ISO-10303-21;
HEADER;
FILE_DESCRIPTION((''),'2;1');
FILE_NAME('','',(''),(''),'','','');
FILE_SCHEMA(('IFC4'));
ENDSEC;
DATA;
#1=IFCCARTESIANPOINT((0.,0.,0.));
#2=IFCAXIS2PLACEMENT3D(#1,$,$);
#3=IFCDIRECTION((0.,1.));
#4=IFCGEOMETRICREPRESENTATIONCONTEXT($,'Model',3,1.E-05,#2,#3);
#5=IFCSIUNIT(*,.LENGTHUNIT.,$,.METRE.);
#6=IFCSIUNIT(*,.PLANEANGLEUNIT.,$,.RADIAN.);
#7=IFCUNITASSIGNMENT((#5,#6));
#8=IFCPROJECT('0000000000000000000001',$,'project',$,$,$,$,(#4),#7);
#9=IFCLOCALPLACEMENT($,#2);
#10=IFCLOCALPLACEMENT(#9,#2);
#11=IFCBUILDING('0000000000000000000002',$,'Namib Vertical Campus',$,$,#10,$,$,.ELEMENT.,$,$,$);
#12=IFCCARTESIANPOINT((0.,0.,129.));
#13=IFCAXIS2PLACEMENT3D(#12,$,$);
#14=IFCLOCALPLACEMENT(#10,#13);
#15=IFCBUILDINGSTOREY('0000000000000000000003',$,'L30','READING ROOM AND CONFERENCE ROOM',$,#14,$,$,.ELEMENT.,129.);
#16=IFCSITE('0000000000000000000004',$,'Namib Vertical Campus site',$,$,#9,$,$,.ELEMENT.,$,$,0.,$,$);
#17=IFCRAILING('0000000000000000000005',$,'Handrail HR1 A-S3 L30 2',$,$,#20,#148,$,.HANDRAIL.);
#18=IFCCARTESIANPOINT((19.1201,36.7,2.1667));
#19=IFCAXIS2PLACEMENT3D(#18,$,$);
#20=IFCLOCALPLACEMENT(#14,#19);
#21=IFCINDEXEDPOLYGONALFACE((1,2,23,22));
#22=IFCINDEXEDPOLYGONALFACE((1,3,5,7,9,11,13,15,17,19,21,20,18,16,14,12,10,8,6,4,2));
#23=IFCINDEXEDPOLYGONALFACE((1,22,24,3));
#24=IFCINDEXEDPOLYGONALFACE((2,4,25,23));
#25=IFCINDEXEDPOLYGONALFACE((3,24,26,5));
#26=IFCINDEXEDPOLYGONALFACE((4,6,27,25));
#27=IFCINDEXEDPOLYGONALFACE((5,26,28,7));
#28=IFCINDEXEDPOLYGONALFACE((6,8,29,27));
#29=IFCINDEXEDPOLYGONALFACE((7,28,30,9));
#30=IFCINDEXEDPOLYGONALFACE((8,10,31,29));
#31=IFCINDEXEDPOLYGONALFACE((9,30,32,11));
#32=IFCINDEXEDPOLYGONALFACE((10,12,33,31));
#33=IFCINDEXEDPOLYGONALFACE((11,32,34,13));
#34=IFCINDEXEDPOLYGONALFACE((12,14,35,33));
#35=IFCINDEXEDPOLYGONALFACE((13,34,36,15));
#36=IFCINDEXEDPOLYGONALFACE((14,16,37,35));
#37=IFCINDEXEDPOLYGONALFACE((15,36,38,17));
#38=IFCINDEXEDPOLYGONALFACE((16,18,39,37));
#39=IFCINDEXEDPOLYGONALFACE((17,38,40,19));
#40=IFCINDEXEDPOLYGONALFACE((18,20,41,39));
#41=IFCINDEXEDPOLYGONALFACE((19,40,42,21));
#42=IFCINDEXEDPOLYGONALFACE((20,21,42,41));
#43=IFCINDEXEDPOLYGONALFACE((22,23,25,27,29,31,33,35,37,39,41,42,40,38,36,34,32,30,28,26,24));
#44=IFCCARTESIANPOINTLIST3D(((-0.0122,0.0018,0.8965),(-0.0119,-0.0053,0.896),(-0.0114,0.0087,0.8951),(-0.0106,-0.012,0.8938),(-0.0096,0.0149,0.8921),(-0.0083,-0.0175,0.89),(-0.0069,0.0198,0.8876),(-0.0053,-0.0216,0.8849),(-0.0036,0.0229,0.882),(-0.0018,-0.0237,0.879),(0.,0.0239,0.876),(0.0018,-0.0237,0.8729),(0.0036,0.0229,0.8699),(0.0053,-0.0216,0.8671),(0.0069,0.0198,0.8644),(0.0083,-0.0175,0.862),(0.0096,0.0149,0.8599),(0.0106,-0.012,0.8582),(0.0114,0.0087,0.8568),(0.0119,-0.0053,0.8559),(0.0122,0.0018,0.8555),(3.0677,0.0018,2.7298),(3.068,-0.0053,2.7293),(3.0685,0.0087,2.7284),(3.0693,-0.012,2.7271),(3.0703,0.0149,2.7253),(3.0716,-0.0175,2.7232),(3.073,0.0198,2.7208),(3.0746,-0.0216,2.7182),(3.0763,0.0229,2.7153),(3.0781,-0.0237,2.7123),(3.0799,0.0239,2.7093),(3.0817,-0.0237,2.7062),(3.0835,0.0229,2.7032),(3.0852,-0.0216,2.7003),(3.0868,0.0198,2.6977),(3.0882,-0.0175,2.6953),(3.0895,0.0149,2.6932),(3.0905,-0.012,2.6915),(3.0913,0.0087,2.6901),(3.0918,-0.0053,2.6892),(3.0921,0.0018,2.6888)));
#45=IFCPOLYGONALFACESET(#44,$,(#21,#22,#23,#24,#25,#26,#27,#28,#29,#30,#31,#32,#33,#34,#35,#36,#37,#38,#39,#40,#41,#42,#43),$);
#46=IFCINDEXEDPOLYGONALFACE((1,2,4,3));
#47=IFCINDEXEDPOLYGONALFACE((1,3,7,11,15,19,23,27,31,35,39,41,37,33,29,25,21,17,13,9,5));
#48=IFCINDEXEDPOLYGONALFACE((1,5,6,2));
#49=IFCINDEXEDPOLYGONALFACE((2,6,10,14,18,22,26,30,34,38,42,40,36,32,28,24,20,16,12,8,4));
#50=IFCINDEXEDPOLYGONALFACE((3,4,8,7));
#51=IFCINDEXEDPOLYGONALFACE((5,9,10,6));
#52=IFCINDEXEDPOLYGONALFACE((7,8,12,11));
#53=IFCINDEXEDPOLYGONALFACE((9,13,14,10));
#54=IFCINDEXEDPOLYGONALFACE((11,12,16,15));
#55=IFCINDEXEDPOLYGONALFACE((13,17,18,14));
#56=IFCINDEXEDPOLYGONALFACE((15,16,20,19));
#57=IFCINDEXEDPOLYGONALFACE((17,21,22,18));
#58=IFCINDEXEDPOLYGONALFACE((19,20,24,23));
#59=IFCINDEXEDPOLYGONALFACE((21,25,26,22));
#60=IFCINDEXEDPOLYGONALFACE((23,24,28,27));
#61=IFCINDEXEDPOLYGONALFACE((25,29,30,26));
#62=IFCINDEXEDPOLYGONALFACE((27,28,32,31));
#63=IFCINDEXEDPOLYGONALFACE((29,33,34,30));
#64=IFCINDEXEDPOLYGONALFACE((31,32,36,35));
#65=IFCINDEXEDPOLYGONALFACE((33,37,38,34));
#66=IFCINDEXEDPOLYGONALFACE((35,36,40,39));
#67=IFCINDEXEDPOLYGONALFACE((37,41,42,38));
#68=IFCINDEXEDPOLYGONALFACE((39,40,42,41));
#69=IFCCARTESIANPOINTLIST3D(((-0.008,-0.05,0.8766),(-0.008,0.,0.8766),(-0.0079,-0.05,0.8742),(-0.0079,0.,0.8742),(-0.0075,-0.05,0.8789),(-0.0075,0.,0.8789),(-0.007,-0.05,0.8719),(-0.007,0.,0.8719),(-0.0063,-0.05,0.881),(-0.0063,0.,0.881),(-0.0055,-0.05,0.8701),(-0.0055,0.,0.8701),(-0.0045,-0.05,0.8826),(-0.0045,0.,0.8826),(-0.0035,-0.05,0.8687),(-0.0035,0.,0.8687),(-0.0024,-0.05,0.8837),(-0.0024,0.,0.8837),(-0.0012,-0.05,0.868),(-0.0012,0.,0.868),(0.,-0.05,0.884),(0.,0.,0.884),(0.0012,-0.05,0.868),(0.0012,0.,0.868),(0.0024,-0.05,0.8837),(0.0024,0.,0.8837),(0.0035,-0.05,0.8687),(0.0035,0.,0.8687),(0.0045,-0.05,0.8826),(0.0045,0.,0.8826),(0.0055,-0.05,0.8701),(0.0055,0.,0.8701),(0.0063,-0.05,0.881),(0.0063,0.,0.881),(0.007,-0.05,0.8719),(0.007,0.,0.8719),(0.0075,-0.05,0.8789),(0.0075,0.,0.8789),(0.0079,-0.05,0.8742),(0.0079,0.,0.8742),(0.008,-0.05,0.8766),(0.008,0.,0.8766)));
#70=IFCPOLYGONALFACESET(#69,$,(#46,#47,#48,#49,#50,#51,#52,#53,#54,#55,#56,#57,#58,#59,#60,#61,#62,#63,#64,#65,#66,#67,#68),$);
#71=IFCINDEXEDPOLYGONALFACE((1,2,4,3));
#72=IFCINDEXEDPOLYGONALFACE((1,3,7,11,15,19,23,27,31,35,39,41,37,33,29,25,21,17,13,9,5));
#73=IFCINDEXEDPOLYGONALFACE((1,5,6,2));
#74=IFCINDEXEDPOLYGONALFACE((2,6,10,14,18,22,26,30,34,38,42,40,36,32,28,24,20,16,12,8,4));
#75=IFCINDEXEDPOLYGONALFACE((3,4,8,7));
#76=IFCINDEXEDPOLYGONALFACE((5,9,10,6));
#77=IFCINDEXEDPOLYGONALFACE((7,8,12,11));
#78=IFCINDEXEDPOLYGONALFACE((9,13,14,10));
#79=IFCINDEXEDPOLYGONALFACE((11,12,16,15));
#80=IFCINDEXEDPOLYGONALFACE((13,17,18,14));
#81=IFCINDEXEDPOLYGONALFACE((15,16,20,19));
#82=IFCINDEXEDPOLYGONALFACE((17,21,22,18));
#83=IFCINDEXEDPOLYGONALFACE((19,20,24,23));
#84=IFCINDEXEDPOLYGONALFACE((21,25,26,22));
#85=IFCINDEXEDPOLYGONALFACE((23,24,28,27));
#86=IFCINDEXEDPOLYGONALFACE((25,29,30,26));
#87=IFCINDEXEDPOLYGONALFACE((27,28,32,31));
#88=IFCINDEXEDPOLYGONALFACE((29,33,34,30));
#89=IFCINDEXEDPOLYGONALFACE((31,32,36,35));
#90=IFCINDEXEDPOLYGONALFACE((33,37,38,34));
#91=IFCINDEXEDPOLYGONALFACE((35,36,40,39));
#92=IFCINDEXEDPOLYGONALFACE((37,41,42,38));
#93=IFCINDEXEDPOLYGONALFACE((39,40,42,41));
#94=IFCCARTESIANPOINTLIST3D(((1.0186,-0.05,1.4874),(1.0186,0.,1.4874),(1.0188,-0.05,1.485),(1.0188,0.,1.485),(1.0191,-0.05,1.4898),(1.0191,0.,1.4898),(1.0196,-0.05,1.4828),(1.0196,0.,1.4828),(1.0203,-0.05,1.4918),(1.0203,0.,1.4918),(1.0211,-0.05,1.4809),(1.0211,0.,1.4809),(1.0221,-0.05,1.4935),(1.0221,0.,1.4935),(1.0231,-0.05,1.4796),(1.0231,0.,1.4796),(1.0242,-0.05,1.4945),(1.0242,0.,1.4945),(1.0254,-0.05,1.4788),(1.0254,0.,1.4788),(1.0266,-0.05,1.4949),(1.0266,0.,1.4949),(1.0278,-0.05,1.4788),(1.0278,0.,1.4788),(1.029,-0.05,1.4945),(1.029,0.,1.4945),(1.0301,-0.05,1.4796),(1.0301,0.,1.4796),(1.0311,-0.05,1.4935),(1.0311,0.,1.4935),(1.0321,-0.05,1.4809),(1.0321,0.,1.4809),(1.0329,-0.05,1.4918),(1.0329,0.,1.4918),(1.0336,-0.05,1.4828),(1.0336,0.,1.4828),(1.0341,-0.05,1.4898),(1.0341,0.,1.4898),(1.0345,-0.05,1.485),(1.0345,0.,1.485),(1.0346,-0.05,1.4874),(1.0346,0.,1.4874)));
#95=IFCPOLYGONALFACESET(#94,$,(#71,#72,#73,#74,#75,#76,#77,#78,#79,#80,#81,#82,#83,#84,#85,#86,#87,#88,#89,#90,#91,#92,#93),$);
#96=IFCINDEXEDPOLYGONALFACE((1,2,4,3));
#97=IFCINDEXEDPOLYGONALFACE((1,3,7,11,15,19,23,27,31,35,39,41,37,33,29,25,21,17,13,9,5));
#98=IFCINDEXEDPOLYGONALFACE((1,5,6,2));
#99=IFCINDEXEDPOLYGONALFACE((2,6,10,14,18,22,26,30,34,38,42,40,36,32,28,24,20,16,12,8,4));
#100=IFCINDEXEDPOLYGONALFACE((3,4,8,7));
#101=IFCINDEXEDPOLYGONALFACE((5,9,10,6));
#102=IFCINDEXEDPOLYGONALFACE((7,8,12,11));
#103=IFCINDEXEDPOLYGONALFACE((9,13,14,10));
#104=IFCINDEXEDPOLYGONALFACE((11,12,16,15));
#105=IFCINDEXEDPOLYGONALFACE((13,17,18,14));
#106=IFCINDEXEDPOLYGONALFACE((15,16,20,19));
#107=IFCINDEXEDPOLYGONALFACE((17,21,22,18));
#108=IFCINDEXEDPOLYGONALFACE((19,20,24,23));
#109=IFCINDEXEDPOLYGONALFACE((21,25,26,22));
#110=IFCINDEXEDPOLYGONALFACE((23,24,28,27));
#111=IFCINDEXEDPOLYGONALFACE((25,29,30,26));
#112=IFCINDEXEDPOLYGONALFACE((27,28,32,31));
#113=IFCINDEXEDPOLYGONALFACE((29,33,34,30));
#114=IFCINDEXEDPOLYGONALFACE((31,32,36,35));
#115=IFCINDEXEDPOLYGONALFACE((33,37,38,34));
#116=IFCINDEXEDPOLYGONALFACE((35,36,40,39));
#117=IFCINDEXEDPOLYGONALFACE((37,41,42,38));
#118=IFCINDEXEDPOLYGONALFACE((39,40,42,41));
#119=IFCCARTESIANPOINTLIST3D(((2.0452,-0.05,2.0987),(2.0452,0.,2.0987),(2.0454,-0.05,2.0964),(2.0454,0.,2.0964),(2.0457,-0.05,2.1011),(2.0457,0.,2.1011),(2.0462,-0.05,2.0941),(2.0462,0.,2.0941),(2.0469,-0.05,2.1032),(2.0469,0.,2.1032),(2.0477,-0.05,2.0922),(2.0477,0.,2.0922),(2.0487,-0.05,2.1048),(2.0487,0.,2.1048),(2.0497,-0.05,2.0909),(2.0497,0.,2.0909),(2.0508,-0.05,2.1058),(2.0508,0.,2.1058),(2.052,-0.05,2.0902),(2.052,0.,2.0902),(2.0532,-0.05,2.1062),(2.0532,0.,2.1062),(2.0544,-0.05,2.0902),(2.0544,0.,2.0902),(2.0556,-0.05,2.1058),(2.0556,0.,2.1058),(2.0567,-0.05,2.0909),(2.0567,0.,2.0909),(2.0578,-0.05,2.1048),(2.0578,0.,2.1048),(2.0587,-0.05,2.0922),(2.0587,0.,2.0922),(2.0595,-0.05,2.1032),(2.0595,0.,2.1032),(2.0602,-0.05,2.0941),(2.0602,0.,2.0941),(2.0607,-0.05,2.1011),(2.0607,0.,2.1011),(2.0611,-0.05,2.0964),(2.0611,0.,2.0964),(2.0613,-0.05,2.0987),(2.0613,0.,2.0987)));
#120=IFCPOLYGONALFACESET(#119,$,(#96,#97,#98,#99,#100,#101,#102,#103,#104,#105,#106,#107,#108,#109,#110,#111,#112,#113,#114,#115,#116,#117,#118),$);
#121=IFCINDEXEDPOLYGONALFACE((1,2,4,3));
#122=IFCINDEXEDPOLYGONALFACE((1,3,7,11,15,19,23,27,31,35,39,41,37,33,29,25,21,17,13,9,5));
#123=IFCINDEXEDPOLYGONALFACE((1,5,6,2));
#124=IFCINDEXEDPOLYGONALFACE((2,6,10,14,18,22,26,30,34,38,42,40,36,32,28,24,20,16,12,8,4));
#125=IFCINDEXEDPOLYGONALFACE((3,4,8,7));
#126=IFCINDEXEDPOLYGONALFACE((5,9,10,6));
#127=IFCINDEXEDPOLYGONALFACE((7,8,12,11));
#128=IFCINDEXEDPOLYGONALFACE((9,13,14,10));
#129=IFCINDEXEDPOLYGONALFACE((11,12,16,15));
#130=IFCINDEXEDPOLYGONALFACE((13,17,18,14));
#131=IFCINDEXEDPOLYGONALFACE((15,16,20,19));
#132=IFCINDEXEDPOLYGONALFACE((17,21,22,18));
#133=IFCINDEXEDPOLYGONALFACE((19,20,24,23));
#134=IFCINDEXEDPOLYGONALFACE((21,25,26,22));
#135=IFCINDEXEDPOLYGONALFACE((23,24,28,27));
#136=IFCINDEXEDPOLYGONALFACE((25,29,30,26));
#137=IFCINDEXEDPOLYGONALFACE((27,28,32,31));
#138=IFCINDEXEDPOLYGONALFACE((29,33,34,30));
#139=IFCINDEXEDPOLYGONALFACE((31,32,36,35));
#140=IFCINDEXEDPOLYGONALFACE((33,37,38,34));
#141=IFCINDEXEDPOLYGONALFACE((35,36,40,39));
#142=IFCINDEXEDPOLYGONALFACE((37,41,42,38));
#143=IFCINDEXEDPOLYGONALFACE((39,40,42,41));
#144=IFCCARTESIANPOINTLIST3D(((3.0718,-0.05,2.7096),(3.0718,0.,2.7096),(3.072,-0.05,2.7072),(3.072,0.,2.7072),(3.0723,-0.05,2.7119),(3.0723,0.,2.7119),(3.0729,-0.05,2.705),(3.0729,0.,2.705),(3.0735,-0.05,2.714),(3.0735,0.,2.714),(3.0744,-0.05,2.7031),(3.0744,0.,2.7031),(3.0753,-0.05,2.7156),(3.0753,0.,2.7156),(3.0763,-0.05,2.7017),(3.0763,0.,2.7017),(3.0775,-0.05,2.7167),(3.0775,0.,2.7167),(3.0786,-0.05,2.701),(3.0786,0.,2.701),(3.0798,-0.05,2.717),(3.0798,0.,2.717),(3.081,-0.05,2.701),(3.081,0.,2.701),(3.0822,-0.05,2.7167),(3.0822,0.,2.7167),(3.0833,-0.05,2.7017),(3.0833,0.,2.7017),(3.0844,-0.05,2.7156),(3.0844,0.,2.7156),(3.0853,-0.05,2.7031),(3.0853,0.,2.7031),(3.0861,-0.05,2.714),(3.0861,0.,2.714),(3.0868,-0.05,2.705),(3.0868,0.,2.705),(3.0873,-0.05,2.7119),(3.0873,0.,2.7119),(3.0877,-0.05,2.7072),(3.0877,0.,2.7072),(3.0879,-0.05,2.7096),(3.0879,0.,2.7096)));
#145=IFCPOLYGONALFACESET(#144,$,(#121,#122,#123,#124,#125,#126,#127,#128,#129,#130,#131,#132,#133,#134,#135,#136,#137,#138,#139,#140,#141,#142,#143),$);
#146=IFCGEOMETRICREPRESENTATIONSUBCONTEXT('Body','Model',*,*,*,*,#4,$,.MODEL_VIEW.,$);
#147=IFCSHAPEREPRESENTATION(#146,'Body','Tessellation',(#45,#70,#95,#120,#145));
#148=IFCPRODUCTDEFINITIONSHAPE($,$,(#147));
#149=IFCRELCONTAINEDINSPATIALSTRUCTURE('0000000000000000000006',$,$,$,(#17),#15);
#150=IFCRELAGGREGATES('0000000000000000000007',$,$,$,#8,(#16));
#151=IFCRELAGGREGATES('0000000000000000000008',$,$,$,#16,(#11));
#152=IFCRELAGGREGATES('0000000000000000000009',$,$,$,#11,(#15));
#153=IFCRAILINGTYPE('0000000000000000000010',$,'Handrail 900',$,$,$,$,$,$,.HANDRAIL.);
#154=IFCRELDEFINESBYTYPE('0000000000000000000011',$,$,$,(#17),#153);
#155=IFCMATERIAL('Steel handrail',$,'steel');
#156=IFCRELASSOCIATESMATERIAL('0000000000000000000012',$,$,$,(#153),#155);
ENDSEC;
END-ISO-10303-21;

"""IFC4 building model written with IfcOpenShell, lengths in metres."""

from ifc_helpers import new_model, si_unit, direction, frame, origin, origin_2d, place, context, subcontext, project, spatial, circle, extrude, material, type_object, element, save


model = new_model("IFC4")

# Units and contexts
model_context = context("Model", 3, precision=1e-05, world=origin(), true_north=direction((0.0, 1.0)))
body_context = subcontext(model_context, "Body", "Model", "MODEL_VIEW")
ifc_project = project(units=[si_unit("LENGTHUNIT", "METRE"), si_unit("PLANEANGLEUNIT", "RADIAN")], contexts=[model_context])

# Site, building, storey
site_placement = place(None, origin())
site = spatial("IfcSite", under=ifc_project, at=site_placement, Name="Namib Vertical Campus site", CompositionType="ELEMENT", RefElevation=0.0)
building_placement = place(site_placement, origin())
building = spatial("IfcBuilding", under=site, at=building_placement, Name="Namib Vertical Campus", CompositionType="ELEMENT")
storey_placement = place(building_placement, frame((0.0, 0.0, 129.0)))
storey = spatial("IfcBuildingStorey", under=building, at=storey_placement, Name="L30", Description="READING ROOM AND CONFERENCE ROOM", CompositionType="ELEMENT", Elevation=129.0)

# Railing
ifc_material_1 = material(Name="Steel handrail", Category="steel")
railing_type_1 = type_object("IfcRailingType", Name="Handrail 900", PredefinedType="HANDRAIL", material=ifc_material_1)
railing_1_placement = place(storey_placement, frame((19.1201, 36.7, 2.1667)))
element("IfcRailing", 1, at=railing_1_placement, inside=storey, type_object=railing_type_1, Name="Handrail HR1 A-S3 L30 2", PredefinedType="HANDRAIL", context=body_context, shape_type="SweptSolid", body=[
    extrude(circle(Radius=0.0239, at=origin_2d()), frame((0.0, 0.0, 0.876), z_axis=(0.859291, 0.0, 0.511487), x_axis=(0.0, 1.0, 0.0)), (0.0, 0.0, 1.0), 3.5842),
    extrude(circle(Radius=0.0081, at=origin_2d()), frame((0.0, 0.0, 0.876), z_axis=(0.0, -1.0, 0.0), x_axis=(0.0, 0.0, 1.0)), (0.0, 0.0, 1.0), 0.05),
    extrude(circle(Radius=0.0081, at=origin_2d()), frame((1.0266, 0.0, 1.4868), z_axis=(0.0, -1.0, 0.0), x_axis=(0.0, 0.0, 1.0)), (0.0, 0.0, 1.0), 0.05),
    extrude(circle(Radius=0.0081, at=origin_2d()), frame((2.0532, 0.0, 2.0981), z_axis=(0.0, -1.0, 0.0), x_axis=(0.0, 0.0, 1.0)), (0.0, 0.0, 1.0), 0.05),
    extrude(circle(Radius=0.0081, at=origin_2d()), frame((3.0798, 0.0, 2.709), z_axis=(0.0, -1.0, 0.0), x_axis=(0.0, 0.0, 1.0)), (0.0, 0.0, 1.0), 0.05),
])

save(model, "model.ifc")
